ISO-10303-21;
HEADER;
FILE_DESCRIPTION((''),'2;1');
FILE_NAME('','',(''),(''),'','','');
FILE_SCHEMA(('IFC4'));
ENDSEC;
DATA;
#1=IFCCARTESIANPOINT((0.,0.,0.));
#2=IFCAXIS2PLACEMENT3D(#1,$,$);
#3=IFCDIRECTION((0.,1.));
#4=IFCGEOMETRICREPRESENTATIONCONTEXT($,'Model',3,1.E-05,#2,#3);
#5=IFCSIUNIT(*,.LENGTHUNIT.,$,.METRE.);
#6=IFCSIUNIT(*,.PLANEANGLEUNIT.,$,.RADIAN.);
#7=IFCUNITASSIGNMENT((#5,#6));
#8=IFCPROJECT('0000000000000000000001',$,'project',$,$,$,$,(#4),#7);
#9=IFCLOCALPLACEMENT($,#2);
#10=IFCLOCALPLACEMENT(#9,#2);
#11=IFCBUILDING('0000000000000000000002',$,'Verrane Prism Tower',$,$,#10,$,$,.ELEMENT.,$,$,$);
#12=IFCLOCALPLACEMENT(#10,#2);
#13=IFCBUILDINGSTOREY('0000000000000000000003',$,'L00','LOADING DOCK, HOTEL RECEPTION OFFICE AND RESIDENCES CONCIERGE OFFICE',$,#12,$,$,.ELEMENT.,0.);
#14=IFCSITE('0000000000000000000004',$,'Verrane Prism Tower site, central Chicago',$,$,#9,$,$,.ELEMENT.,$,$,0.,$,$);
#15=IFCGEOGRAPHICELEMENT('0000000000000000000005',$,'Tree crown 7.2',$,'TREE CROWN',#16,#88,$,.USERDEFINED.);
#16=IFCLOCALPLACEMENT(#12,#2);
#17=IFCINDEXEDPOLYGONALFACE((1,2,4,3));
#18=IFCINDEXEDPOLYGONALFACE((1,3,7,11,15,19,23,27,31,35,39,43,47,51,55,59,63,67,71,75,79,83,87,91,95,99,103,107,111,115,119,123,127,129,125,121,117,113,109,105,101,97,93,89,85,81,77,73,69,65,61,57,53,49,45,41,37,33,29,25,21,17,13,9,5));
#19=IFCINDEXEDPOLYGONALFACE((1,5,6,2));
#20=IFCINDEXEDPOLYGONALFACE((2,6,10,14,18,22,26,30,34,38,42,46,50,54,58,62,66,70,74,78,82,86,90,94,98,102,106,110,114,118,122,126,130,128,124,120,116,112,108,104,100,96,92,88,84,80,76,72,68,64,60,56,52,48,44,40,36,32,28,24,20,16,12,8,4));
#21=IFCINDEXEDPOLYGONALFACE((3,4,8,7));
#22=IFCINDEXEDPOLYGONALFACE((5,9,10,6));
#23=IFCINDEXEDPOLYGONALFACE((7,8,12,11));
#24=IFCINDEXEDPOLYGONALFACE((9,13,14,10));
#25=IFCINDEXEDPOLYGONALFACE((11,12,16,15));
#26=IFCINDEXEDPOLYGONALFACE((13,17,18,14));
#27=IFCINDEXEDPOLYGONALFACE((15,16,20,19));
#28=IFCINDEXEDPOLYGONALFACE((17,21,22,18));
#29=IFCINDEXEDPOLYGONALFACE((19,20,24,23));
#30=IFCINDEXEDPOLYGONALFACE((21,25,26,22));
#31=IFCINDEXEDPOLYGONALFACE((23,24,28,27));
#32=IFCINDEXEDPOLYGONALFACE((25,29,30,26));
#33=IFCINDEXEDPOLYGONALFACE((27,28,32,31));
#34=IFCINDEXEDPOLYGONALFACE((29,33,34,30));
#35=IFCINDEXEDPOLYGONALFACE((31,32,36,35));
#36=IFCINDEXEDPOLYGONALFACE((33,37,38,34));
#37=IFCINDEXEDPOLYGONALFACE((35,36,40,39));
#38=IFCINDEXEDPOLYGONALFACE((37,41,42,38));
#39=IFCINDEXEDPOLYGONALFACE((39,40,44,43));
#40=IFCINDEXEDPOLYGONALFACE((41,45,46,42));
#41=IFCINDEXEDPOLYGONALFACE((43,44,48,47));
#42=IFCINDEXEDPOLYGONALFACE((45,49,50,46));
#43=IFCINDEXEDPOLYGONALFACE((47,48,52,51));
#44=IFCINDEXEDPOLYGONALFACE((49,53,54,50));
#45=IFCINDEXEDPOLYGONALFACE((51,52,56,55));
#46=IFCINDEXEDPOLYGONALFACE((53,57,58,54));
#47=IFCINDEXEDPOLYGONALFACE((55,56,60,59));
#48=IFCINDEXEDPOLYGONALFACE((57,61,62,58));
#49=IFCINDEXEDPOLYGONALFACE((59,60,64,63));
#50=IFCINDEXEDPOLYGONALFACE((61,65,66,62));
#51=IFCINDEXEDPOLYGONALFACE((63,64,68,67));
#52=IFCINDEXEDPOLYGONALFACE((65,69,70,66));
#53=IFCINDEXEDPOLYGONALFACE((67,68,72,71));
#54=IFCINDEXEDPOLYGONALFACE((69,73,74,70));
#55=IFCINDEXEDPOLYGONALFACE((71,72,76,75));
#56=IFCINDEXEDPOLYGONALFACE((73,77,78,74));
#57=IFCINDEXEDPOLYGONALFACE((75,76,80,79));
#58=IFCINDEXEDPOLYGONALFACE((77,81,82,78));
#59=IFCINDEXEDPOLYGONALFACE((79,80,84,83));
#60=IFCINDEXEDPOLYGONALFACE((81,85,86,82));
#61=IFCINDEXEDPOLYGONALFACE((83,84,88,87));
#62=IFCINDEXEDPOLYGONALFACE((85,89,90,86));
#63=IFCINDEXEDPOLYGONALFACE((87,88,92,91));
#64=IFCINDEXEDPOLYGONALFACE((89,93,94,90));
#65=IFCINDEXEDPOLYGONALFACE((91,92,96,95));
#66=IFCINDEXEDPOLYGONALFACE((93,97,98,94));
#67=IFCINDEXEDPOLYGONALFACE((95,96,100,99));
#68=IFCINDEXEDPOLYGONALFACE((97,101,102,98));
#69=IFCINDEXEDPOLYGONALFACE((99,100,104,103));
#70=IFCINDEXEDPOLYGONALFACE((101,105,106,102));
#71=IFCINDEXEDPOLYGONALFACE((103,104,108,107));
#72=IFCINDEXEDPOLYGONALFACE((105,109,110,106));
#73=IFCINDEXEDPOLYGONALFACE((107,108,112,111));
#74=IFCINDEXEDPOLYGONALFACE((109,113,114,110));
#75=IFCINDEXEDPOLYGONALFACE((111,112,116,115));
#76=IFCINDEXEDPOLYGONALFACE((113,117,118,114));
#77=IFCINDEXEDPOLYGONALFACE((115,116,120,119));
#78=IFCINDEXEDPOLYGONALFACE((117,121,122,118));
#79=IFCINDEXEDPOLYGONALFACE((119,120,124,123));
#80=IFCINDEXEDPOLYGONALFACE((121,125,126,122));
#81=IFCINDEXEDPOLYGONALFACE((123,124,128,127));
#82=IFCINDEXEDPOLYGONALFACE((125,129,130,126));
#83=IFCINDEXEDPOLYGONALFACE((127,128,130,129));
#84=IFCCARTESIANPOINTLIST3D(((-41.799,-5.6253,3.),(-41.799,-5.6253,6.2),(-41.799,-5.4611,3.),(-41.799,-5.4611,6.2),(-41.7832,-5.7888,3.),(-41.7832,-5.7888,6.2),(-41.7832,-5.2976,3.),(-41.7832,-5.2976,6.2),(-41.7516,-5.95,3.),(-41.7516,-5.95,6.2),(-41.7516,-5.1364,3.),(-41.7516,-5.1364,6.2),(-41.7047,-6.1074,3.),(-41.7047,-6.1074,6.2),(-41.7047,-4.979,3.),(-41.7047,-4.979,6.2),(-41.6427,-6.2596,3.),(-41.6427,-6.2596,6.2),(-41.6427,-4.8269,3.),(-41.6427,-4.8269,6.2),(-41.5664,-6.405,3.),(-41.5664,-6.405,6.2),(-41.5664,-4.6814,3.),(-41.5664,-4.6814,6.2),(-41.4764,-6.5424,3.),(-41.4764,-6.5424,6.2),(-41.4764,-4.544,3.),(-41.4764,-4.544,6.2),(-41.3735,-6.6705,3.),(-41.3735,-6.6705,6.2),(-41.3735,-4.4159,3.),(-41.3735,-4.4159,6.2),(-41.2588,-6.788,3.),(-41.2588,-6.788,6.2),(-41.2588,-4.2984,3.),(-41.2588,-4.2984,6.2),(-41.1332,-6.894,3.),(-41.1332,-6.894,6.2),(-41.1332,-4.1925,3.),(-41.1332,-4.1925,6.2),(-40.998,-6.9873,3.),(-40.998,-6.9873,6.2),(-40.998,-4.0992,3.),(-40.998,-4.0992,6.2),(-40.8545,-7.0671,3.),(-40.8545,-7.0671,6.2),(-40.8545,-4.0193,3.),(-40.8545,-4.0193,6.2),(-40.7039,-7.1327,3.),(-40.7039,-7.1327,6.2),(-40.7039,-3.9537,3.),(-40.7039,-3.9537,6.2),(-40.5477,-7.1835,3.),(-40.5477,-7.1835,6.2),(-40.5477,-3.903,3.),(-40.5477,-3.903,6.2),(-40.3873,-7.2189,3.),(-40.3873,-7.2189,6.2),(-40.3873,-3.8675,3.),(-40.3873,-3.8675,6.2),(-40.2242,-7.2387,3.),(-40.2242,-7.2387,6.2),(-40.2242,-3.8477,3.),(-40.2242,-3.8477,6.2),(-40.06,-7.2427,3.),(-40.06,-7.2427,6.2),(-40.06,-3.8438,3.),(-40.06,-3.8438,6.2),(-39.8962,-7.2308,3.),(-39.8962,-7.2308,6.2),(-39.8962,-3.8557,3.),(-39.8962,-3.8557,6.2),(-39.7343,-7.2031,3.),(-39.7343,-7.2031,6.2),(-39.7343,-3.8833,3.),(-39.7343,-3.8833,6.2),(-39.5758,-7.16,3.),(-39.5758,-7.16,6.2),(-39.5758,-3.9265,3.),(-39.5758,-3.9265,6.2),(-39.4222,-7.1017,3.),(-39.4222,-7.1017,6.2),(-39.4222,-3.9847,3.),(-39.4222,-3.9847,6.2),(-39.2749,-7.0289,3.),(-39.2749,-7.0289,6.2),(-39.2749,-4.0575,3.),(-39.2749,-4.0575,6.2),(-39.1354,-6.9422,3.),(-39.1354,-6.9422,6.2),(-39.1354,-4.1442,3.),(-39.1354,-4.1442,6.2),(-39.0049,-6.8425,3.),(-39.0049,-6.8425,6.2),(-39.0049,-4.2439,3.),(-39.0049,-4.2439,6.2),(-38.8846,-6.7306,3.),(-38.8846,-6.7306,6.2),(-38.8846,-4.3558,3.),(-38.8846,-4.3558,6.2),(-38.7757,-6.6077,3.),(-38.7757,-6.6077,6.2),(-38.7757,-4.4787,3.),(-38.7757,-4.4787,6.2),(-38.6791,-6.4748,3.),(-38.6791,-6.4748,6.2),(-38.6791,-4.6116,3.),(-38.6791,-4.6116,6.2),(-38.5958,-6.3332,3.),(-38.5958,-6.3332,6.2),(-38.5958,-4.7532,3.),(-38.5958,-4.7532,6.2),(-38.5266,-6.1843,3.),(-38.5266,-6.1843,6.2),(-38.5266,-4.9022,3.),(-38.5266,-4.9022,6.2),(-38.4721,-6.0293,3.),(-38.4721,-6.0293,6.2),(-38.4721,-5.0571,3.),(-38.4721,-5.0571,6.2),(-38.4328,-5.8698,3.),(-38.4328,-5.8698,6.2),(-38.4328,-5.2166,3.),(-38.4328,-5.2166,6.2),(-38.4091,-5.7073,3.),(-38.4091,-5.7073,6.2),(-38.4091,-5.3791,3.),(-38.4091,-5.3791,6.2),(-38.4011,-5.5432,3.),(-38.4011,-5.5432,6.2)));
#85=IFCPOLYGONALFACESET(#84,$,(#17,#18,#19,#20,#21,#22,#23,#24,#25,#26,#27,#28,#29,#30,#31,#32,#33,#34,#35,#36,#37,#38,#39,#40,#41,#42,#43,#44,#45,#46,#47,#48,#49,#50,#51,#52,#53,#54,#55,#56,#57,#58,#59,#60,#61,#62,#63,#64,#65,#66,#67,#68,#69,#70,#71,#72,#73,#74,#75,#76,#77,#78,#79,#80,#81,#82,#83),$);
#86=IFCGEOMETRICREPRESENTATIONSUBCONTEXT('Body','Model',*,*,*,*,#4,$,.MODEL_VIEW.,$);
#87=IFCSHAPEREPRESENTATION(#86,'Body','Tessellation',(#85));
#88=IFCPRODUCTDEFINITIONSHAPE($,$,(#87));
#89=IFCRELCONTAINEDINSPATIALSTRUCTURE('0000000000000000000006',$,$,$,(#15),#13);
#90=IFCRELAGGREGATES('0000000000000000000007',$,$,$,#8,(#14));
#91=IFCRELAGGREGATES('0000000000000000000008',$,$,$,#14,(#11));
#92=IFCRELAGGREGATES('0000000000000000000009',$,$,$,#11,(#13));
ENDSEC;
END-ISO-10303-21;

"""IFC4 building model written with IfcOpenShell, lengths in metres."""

from ifc_helpers import new_model, si_unit, direction, frame, origin, origin_2d, place, context, subcontext, project, spatial, circle, extrude, element, save


model = new_model("IFC4")

# Units and contexts
model_context = context("Model", 3, precision=1e-05, world=origin(), true_north=direction((0.0, 1.0)))
body_context = subcontext(model_context, "Body", "Model", "MODEL_VIEW")
ifc_project = project(units=[si_unit("LENGTHUNIT", "METRE"), si_unit("PLANEANGLEUNIT", "RADIAN")], contexts=[model_context])

# Site, building, storey
site_placement = place(None, origin())
site = spatial("IfcSite", under=ifc_project, at=site_placement, Name="Verrane Prism Tower site, central Chicago", CompositionType="ELEMENT", RefElevation=0.0)
building_placement = place(site_placement, origin())
building = spatial("IfcBuilding", under=site, at=building_placement, Name="Verrane Prism Tower", CompositionType="ELEMENT")
storey_placement = place(building_placement, origin())
storey = spatial("IfcBuildingStorey", under=building, at=storey_placement, Name="L00", Description="LOADING DOCK, HOTEL RECEPTION OFFICE AND RESIDENCES CONCIERGE OFFICE", CompositionType="ELEMENT", Elevation=0.0)

# Geographic element
geographic_element_1_placement = place(storey_placement, frame((-40.1011, -5.5432, 6.2), z_axis=(0.0, 0.0, -1.0), x_axis=(1.0, 0.0, 0.0)))
element("IfcGeographicElement", 1, at=geographic_element_1_placement, inside=storey, Name="Tree crown 7.2", ObjectType="TREE CROWN", PredefinedType="USERDEFINED", context=body_context, shape_type="SweptSolid", body=[
    extrude(circle(Radius=1.7, at=origin_2d()), origin(), (0.0, 0.0, 1.0), 3.2),
])

save(model, "model.ifc")
